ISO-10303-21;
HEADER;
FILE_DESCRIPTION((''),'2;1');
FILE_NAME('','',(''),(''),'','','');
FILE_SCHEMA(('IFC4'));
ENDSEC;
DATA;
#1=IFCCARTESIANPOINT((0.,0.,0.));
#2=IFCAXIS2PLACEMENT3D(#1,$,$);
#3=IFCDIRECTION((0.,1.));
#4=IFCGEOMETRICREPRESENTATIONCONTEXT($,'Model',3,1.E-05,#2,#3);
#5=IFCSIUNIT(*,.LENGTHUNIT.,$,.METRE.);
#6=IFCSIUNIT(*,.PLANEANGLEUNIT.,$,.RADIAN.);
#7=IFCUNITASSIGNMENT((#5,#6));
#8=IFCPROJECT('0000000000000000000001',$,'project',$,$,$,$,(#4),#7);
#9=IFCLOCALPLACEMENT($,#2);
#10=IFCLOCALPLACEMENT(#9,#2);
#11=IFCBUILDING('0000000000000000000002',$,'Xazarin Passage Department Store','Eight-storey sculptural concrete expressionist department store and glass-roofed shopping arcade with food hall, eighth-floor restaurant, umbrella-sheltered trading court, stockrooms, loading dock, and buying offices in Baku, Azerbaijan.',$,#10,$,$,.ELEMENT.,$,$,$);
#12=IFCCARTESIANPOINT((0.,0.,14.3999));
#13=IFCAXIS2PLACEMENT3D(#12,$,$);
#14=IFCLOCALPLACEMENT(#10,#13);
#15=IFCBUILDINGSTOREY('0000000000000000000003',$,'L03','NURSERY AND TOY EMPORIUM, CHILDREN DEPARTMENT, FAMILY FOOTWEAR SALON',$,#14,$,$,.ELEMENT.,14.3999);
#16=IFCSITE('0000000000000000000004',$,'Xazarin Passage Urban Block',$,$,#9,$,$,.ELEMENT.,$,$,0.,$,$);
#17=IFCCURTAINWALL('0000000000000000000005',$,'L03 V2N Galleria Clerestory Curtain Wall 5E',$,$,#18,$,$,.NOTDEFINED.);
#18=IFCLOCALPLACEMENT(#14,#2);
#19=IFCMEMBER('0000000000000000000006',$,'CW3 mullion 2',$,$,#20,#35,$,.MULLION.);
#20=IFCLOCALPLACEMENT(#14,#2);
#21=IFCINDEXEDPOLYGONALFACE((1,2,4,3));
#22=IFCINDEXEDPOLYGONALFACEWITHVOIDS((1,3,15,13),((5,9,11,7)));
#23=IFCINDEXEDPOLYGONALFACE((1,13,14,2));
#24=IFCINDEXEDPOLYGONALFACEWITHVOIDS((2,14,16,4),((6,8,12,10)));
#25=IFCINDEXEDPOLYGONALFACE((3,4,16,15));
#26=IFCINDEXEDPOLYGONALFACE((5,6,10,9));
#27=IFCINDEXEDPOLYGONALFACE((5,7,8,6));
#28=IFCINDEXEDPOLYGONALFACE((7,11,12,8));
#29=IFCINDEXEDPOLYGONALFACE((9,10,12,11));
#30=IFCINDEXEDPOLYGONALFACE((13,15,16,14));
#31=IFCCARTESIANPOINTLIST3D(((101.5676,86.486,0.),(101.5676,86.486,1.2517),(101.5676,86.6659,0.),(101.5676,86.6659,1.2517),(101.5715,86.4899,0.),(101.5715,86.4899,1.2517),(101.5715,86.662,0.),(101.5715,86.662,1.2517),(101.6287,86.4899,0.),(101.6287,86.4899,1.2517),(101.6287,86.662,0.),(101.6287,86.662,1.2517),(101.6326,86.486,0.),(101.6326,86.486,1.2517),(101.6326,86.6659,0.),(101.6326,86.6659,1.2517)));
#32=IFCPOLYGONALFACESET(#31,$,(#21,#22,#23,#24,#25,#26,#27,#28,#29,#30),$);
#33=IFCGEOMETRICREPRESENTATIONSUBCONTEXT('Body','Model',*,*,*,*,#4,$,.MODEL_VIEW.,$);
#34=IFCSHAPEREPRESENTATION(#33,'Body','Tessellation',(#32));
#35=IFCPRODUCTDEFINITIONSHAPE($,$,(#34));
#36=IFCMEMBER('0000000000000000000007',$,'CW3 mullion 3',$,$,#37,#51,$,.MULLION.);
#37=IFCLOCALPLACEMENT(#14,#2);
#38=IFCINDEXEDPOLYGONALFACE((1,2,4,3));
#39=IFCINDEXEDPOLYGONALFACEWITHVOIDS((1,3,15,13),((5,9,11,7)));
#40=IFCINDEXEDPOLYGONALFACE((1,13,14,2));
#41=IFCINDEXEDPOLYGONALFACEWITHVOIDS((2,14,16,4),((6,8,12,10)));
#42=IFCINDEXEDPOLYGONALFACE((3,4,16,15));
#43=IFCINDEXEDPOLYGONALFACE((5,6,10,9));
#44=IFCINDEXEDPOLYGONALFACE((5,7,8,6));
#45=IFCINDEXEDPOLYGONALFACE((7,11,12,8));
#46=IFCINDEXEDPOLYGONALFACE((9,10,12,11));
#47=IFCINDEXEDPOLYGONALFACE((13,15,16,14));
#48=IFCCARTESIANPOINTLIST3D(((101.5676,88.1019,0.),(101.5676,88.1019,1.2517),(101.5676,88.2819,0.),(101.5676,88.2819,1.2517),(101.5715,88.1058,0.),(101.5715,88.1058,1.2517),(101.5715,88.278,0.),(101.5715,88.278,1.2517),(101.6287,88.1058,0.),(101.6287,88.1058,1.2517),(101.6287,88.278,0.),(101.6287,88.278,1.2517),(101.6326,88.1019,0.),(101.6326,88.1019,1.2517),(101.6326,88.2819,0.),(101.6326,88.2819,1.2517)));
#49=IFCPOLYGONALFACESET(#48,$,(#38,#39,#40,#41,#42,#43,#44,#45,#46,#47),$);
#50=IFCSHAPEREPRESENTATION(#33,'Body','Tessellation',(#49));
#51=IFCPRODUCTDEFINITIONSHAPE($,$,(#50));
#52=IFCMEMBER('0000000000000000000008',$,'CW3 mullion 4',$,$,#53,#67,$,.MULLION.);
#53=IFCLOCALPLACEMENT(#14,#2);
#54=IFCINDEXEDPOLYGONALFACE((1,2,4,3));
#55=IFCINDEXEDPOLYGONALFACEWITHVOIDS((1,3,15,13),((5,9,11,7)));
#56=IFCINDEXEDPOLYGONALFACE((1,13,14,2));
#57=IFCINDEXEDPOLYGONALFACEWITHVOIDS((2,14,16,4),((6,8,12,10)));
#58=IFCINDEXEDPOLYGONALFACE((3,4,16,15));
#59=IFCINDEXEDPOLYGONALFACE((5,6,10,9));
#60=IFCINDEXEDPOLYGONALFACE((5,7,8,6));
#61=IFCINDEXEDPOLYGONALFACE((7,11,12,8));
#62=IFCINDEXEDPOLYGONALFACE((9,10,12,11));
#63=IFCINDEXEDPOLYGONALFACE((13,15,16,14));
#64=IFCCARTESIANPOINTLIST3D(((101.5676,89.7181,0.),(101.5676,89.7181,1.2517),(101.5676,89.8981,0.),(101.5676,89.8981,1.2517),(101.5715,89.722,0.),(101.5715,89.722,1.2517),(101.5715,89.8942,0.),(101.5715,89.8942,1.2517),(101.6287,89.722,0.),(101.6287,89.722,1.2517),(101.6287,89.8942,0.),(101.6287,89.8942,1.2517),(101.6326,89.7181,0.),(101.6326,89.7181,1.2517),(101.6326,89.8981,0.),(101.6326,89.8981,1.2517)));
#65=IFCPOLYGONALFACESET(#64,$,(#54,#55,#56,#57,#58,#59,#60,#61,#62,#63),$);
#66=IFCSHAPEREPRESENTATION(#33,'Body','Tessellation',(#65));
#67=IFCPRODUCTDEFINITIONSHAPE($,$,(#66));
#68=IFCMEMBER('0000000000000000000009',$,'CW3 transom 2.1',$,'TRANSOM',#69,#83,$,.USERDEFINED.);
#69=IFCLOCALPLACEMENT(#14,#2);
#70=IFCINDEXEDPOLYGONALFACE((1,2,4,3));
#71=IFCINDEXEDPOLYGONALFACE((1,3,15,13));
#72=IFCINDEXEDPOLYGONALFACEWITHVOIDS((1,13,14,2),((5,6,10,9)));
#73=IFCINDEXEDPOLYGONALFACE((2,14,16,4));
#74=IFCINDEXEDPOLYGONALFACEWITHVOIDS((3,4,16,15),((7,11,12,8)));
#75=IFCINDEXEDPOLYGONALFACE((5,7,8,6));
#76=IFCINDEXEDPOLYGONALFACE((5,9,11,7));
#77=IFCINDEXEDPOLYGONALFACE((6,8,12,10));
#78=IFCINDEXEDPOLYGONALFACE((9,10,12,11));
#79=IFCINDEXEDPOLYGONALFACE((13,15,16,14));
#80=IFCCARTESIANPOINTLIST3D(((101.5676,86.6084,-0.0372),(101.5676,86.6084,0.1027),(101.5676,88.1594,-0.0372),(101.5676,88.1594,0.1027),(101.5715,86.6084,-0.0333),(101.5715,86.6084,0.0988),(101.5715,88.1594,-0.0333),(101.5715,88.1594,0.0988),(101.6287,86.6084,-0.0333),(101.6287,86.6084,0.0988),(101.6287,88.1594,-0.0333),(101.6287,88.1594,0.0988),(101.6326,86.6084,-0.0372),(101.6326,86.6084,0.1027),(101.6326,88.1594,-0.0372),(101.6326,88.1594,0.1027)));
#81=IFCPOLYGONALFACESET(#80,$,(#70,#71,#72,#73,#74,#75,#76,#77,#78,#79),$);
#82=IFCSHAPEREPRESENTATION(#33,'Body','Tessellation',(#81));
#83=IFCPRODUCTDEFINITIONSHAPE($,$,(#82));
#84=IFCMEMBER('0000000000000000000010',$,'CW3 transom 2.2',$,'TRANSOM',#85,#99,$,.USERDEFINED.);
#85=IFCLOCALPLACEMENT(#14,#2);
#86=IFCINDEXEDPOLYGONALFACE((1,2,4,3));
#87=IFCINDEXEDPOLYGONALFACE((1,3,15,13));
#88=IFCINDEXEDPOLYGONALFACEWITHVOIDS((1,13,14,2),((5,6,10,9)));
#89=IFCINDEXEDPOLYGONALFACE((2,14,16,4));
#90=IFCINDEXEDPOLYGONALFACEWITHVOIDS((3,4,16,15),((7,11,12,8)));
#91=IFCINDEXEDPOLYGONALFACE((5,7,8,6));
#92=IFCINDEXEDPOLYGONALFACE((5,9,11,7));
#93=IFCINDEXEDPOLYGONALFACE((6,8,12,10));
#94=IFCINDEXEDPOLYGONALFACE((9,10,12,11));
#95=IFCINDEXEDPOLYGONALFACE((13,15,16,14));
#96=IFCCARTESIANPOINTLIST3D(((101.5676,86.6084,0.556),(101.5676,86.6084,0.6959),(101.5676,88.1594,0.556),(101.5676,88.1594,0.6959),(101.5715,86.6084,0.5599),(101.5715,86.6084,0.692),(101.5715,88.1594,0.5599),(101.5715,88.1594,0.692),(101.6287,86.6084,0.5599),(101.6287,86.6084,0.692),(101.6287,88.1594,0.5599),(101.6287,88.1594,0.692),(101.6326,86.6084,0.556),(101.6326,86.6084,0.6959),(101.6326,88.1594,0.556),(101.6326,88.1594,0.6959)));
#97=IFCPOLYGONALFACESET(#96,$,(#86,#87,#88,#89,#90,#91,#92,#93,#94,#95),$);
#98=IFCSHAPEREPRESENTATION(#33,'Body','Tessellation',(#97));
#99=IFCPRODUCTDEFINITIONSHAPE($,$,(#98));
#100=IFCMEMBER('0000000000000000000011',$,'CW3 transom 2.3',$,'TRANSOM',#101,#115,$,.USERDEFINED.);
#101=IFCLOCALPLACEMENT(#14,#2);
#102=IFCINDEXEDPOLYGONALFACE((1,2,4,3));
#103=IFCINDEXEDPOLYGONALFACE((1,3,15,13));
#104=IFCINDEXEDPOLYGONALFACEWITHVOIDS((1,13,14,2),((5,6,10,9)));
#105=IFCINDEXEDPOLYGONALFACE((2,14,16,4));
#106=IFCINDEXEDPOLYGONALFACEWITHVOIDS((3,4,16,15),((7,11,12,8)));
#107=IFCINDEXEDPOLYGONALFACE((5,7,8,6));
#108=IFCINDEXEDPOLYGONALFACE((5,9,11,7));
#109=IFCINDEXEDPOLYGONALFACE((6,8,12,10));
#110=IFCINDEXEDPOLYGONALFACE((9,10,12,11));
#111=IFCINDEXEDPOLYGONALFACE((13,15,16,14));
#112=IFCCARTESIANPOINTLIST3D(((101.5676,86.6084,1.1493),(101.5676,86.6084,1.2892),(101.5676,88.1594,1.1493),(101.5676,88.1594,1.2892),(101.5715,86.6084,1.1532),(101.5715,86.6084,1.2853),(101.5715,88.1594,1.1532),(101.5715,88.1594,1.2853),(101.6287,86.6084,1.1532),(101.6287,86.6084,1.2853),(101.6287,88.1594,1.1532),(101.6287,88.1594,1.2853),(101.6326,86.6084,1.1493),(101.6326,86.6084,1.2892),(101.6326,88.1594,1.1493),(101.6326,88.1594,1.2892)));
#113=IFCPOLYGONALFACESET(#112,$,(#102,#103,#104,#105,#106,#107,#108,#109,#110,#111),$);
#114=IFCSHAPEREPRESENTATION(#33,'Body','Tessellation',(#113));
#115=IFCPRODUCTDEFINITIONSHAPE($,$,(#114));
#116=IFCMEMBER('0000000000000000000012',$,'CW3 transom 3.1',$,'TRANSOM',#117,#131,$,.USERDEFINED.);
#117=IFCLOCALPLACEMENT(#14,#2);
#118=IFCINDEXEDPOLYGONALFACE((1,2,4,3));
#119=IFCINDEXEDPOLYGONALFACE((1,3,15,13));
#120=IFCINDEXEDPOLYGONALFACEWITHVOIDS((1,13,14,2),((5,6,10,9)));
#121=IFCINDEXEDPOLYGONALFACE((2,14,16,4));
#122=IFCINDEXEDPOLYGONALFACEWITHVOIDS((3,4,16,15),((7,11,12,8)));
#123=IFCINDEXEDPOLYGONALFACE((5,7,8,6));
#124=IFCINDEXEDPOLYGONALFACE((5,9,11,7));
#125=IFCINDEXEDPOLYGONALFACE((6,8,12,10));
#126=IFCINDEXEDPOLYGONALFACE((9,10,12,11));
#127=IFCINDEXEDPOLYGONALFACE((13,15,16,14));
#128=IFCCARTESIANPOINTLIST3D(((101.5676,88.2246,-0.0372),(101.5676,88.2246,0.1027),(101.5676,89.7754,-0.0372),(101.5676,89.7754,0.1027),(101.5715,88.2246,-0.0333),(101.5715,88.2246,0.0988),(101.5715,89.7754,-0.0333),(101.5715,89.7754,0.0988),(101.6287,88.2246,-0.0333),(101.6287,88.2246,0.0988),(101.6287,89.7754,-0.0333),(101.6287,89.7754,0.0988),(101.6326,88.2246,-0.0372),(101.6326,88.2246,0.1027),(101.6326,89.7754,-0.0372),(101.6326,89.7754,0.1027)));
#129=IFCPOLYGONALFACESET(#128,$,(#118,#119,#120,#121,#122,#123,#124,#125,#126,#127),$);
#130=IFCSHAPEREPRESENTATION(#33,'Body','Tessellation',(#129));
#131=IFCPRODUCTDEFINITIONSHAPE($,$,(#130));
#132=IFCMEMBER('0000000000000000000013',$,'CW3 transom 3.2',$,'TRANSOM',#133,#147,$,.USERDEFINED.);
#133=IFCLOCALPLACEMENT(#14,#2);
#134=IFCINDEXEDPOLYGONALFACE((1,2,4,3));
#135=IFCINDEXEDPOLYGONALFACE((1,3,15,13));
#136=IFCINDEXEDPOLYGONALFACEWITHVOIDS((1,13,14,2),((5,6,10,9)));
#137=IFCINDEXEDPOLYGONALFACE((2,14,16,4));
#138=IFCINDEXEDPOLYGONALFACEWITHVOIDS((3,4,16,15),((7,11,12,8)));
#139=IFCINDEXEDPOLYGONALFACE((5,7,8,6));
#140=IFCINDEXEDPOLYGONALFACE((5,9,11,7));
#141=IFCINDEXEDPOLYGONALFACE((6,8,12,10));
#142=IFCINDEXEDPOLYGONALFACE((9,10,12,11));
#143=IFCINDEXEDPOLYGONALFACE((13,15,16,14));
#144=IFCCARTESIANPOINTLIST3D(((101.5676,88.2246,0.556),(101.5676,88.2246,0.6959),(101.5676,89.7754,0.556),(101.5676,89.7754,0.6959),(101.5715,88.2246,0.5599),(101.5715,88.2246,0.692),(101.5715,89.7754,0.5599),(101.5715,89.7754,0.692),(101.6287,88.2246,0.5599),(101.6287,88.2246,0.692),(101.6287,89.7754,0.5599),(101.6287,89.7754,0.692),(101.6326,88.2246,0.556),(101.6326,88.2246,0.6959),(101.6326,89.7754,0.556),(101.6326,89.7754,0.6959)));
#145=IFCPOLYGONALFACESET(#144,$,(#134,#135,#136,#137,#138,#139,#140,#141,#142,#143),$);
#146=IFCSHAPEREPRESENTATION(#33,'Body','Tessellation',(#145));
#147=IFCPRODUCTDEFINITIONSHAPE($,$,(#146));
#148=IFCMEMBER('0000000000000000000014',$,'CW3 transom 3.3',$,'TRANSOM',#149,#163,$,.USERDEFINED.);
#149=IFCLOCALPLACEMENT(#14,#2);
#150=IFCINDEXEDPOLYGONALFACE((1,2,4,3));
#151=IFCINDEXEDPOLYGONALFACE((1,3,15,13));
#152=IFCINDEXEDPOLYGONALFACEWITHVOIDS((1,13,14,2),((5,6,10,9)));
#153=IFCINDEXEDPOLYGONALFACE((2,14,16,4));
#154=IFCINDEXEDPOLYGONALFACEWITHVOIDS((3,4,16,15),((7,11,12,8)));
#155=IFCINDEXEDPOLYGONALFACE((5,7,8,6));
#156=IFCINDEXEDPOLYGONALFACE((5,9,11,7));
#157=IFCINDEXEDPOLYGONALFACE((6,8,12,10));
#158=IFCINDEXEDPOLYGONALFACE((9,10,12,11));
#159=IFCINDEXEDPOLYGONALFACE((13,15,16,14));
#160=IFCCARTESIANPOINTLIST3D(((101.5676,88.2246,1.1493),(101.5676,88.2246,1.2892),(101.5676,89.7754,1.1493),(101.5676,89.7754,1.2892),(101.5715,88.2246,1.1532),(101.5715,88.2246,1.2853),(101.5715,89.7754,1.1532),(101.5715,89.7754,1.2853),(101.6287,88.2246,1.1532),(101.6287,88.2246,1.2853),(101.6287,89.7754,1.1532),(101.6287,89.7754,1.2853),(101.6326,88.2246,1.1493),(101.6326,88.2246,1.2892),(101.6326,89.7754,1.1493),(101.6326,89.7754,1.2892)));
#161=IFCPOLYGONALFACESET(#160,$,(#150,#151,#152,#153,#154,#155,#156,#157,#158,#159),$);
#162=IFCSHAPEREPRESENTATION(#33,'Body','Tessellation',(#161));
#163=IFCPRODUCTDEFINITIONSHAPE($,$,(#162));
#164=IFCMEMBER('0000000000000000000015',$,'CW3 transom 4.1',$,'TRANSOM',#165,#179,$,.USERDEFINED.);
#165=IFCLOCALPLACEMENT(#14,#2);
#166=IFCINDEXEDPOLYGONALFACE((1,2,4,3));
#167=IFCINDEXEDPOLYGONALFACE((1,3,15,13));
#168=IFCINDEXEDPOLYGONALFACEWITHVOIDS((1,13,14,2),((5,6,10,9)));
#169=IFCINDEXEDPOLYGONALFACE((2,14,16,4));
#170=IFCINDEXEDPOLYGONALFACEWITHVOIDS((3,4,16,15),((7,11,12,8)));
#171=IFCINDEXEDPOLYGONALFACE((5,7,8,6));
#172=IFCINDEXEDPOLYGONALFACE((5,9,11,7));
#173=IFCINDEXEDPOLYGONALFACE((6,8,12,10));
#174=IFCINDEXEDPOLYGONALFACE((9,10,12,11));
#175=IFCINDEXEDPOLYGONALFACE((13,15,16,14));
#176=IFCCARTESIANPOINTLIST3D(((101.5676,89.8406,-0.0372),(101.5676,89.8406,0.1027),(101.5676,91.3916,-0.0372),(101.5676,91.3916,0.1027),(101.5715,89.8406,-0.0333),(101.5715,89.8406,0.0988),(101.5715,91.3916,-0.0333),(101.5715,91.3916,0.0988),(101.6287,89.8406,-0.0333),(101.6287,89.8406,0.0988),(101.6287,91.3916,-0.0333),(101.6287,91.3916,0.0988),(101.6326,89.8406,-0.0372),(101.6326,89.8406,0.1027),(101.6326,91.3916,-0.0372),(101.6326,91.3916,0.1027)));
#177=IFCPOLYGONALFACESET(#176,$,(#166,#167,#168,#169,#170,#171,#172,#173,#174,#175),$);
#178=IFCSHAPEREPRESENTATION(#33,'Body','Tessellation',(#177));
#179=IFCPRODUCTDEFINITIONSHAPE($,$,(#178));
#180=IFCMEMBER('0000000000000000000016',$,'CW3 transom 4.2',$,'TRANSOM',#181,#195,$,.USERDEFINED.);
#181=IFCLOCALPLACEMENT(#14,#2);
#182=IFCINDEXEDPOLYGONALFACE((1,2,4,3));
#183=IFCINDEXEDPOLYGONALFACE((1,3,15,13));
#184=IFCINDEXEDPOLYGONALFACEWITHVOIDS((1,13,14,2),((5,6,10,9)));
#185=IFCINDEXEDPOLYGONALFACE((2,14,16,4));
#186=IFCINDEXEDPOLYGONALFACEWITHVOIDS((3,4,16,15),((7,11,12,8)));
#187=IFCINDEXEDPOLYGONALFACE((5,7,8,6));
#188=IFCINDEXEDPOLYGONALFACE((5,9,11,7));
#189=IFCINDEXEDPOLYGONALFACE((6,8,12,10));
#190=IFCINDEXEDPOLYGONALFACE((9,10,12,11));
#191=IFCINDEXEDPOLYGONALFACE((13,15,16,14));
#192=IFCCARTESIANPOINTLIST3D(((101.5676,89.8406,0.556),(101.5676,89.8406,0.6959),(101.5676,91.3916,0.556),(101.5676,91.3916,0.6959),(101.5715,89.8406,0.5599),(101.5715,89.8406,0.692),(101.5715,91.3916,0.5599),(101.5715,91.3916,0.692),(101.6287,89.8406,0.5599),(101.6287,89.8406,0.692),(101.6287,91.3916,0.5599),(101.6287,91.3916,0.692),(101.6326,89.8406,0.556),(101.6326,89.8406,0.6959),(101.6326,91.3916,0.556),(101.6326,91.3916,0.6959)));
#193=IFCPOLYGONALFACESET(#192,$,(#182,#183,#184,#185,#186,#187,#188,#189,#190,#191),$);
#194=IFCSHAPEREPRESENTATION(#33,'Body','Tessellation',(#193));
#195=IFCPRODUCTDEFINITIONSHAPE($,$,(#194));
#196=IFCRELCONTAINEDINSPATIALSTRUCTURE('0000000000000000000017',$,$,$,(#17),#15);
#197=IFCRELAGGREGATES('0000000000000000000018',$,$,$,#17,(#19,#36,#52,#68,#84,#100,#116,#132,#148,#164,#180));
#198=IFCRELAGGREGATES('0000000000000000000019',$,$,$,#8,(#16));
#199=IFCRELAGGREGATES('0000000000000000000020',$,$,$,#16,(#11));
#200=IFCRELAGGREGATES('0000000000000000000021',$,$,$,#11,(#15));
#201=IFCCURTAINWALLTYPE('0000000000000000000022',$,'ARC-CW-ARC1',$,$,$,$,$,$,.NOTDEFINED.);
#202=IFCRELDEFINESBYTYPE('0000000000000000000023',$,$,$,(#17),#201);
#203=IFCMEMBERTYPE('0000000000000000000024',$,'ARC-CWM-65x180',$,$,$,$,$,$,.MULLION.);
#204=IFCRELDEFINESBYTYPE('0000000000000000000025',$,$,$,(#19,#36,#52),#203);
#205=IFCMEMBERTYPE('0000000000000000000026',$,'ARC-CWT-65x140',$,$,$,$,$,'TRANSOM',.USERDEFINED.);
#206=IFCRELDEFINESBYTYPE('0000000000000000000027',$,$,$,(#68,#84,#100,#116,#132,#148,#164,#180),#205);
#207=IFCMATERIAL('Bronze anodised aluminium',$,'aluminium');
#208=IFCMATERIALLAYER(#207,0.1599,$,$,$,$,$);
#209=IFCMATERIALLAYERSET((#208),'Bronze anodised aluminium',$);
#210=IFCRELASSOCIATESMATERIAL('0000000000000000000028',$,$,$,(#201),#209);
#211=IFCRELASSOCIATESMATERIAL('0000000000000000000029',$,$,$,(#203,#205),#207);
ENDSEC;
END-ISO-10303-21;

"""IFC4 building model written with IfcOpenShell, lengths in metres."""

from ifc_helpers import new_model, si_unit, direction, frame, origin, origin_2d, place, context, subcontext, project, spatial, hollow_rectangle, extrude, material, layer, layer_set, material_profile, profile_set, type_object, element, aggregate, save


model = new_model("IFC4")

# Units and contexts
model_context = context("Model", 3, precision=1e-05, world=origin(), true_north=direction((0.0, 1.0)))
body_context = subcontext(model_context, "Body", "Model", "MODEL_VIEW")
ifc_project = project(units=[si_unit("LENGTHUNIT", "METRE"), si_unit("PLANEANGLEUNIT", "RADIAN")], contexts=[model_context])

# Site, building, storey
site_placement = place(None, origin())
site = spatial("IfcSite", under=ifc_project, at=site_placement, Name="Xazarin Passage Urban Block", CompositionType="ELEMENT", RefElevation=0.0)
building_placement = place(site_placement, origin())
building = spatial("IfcBuilding", under=site, at=building_placement, Name="Xazarin Passage Department Store", Description="Eight-storey sculptural concrete expressionist department store and glass-roofed shopping arcade with food hall, eighth-floor restaurant, umbrella-sheltered trading court, stockrooms, loading dock, and buying offices in Baku, Azerbaijan.", CompositionType="ELEMENT")
storey_placement = place(building_placement, frame((0.0, 0.0, 14.3999)))
storey = spatial("IfcBuildingStorey", under=building, at=storey_placement, Name="L03", Description="NURSERY AND TOY EMPORIUM, CHILDREN DEPARTMENT, FAMILY FOOTWEAR SALON", CompositionType="ELEMENT", Elevation=14.3999)

# Curtain wall, members
ifc_material_1 = material(Name="Bronze anodised aluminium", Category="aluminium")
ifc_layer_1 = layer(ifc_material_1, 0.1599)
ifc_layer_set_1 = layer_set([ifc_layer_1], Name="Bronze anodised aluminium")
curtain_wall_type = type_object("IfcCurtainWallType", Name="ARC-CW-ARC1", PredefinedType="NOTDEFINED", material=ifc_layer_set_1)
curtain_wall_placement = place(storey_placement, origin())
curtain_wall = element("IfcCurtainWall", 1, at=curtain_wall_placement, inside=storey, type_object=curtain_wall_type, Name="L03 V2N Galleria Clerestory Curtain Wall 5E", PredefinedType="NOTDEFINED")
ifc_material_profile_1 = material_profile(ifc_material_1, hollow_rectangle(XDim=0.0649, YDim=0.1799, WallThickness=0.0039, at=origin_2d()), Name="ALU 65x180")
ifc_profile_set_1 = profile_set([ifc_material_profile_1], Name="Bronze anodised aluminium")
member_type_1 = type_object("IfcMemberType", Name="ARC-CWM-65x180", PredefinedType="MULLION", material=ifc_profile_set_1)
member_1_placement = place(storey_placement, frame((101.6001, 86.5759, 0.0), z_axis=(0.0, 0.0, 1.0), x_axis=(-1.0, 0.0, 0.0)))
member_1 = element("IfcMember", 2, at=member_1_placement, type_object=member_type_1, Name="CW3 mullion 2", PredefinedType="MULLION", context=body_context, shape_type="SweptSolid", body=[
    extrude(hollow_rectangle(XDim=0.0649, YDim=0.1799, WallThickness=0.0039, at=origin_2d()), origin(), (0.0, 0.0, 1.0), 1.2517),
])
member_2_placement = place(storey_placement, frame((101.6001, 88.1919, 0.0), z_axis=(0.0, 0.0, 1.0), x_axis=(-1.0, 0.0, 0.0)))
member_2 = element("IfcMember", 3, at=member_2_placement, type_object=member_type_1, Name="CW3 mullion 3", PredefinedType="MULLION", context=body_context, shape_type="SweptSolid", body=[
    extrude(hollow_rectangle(XDim=0.0649, YDim=0.1799, WallThickness=0.0039, at=origin_2d()), origin(), (0.0, 0.0, 1.0), 1.2517),
])
member_3_placement = place(storey_placement, frame((101.6001, 89.8081, 0.0), z_axis=(0.0, 0.0, 1.0), x_axis=(-1.0, 0.0, 0.0)))
member_3 = element("IfcMember", 4, at=member_3_placement, type_object=member_type_1, Name="CW3 mullion 4", PredefinedType="MULLION", context=body_context, shape_type="SweptSolid", body=[
    extrude(hollow_rectangle(XDim=0.0649, YDim=0.1799, WallThickness=0.0039, at=origin_2d()), origin(), (0.0, 0.0, 1.0), 1.2517),
])
ifc_material_profile_2 = material_profile(ifc_material_1, hollow_rectangle(XDim=0.0649, YDim=0.1399, WallThickness=0.0039, at=origin_2d()), Name="ALU 65x140")
ifc_profile_set_2 = profile_set([ifc_material_profile_2], Name="Bronze anodised aluminium")
member_type_2 = type_object("IfcMemberType", Name="ARC-CWT-65x140", ElementType="TRANSOM", PredefinedType="USERDEFINED", material=ifc_profile_set_2)
member_4_placement = place(storey_placement, frame((101.6001, 86.6084, 0.0327), z_axis=(0.0, 1.0, 0.0), x_axis=(-1.0, 0.0, 0.0)))
member_4 = element("IfcMember", 5, at=member_4_placement, type_object=member_type_2, Name="CW3 transom 2.1", ObjectType="TRANSOM", PredefinedType="USERDEFINED", context=body_context, shape_type="SweptSolid", body=[
    extrude(hollow_rectangle(XDim=0.0649, YDim=0.1399, WallThickness=0.0039, at=origin_2d()), origin(), (0.0, 0.0, 1.0), 1.551),
])
member_5_placement = place(storey_placement, frame((101.6001, 86.6084, 0.626), z_axis=(0.0, 1.0, 0.0), x_axis=(-1.0, 0.0, 0.0)))
member_5 = element("IfcMember", 6, at=member_5_placement, type_object=member_type_2, Name="CW3 transom 2.2", ObjectType="TRANSOM", PredefinedType="USERDEFINED", context=body_context, shape_type="SweptSolid", body=[
    extrude(hollow_rectangle(XDim=0.0649, YDim=0.1399, WallThickness=0.0039, at=origin_2d()), origin(), (0.0, 0.0, 1.0), 1.551),
])
member_6_placement = place(storey_placement, frame((101.6001, 86.6084, 1.2192), z_axis=(0.0, 1.0, 0.0), x_axis=(-1.0, 0.0, 0.0)))
member_6 = element("IfcMember", 7, at=member_6_placement, type_object=member_type_2, Name="CW3 transom 2.3", ObjectType="TRANSOM", PredefinedType="USERDEFINED", context=body_context, shape_type="SweptSolid", body=[
    extrude(hollow_rectangle(XDim=0.0649, YDim=0.1399, WallThickness=0.0039, at=origin_2d()), origin(), (0.0, 0.0, 1.0), 1.551),
])
member_7_placement = place(storey_placement, frame((101.6001, 88.2246, 0.0327), z_axis=(0.0, 1.0, 0.0), x_axis=(-1.0, 0.0, 0.0)))
member_7 = element("IfcMember", 8, at=member_7_placement, type_object=member_type_2, Name="CW3 transom 3.1", ObjectType="TRANSOM", PredefinedType="USERDEFINED", context=body_context, shape_type="SweptSolid", body=[
    extrude(hollow_rectangle(XDim=0.0649, YDim=0.1399, WallThickness=0.0039, at=origin_2d()), origin(), (0.0, 0.0, 1.0), 1.5508),
])
member_8_placement = place(storey_placement, frame((101.6001, 88.2246, 0.626), z_axis=(0.0, 1.0, 0.0), x_axis=(-1.0, 0.0, 0.0)))
member_8 = element("IfcMember", 9, at=member_8_placement, type_object=member_type_2, Name="CW3 transom 3.2", ObjectType="TRANSOM", PredefinedType="USERDEFINED", context=body_context, shape_type="SweptSolid", body=[
    extrude(hollow_rectangle(XDim=0.0649, YDim=0.1399, WallThickness=0.0039, at=origin_2d()), origin(), (0.0, 0.0, 1.0), 1.5508),
])
member_9_placement = place(storey_placement, frame((101.6001, 88.2246, 1.2192), z_axis=(0.0, 1.0, 0.0), x_axis=(-1.0, 0.0, 0.0)))
member_9 = element("IfcMember", 10, at=member_9_placement, type_object=member_type_2, Name="CW3 transom 3.3", ObjectType="TRANSOM", PredefinedType="USERDEFINED", context=body_context, shape_type="SweptSolid", body=[
    extrude(hollow_rectangle(XDim=0.0649, YDim=0.1399, WallThickness=0.0039, at=origin_2d()), origin(), (0.0, 0.0, 1.0), 1.5508),
])
member_10_placement = place(storey_placement, frame((101.6001, 89.8406, 0.0327), z_axis=(0.0, 1.0, 0.0), x_axis=(-1.0, 0.0, 0.0)))
member_10 = element("IfcMember", 11, at=member_10_placement, type_object=member_type_2, Name="CW3 transom 4.1", ObjectType="TRANSOM", PredefinedType="USERDEFINED", context=body_context, shape_type="SweptSolid", body=[
    extrude(hollow_rectangle(XDim=0.0649, YDim=0.1399, WallThickness=0.0039, at=origin_2d()), origin(), (0.0, 0.0, 1.0), 1.551),
])
member_11_placement = place(storey_placement, frame((101.6001, 89.8406, 0.626), z_axis=(0.0, 1.0, 0.0), x_axis=(-1.0, 0.0, 0.0)))
member_11 = element("IfcMember", 12, at=member_11_placement, type_object=member_type_2, Name="CW3 transom 4.2", ObjectType="TRANSOM", PredefinedType="USERDEFINED", context=body_context, shape_type="SweptSolid", body=[
    extrude(hollow_rectangle(XDim=0.0649, YDim=0.1399, WallThickness=0.0039, at=origin_2d()), origin(), (0.0, 0.0, 1.0), 1.551),
])
aggregate(curtain_wall, [member_1, member_2, member_3, member_4, member_5, member_6, member_7, member_8, member_9, member_10, member_11])

save(model, "model.ifc")
